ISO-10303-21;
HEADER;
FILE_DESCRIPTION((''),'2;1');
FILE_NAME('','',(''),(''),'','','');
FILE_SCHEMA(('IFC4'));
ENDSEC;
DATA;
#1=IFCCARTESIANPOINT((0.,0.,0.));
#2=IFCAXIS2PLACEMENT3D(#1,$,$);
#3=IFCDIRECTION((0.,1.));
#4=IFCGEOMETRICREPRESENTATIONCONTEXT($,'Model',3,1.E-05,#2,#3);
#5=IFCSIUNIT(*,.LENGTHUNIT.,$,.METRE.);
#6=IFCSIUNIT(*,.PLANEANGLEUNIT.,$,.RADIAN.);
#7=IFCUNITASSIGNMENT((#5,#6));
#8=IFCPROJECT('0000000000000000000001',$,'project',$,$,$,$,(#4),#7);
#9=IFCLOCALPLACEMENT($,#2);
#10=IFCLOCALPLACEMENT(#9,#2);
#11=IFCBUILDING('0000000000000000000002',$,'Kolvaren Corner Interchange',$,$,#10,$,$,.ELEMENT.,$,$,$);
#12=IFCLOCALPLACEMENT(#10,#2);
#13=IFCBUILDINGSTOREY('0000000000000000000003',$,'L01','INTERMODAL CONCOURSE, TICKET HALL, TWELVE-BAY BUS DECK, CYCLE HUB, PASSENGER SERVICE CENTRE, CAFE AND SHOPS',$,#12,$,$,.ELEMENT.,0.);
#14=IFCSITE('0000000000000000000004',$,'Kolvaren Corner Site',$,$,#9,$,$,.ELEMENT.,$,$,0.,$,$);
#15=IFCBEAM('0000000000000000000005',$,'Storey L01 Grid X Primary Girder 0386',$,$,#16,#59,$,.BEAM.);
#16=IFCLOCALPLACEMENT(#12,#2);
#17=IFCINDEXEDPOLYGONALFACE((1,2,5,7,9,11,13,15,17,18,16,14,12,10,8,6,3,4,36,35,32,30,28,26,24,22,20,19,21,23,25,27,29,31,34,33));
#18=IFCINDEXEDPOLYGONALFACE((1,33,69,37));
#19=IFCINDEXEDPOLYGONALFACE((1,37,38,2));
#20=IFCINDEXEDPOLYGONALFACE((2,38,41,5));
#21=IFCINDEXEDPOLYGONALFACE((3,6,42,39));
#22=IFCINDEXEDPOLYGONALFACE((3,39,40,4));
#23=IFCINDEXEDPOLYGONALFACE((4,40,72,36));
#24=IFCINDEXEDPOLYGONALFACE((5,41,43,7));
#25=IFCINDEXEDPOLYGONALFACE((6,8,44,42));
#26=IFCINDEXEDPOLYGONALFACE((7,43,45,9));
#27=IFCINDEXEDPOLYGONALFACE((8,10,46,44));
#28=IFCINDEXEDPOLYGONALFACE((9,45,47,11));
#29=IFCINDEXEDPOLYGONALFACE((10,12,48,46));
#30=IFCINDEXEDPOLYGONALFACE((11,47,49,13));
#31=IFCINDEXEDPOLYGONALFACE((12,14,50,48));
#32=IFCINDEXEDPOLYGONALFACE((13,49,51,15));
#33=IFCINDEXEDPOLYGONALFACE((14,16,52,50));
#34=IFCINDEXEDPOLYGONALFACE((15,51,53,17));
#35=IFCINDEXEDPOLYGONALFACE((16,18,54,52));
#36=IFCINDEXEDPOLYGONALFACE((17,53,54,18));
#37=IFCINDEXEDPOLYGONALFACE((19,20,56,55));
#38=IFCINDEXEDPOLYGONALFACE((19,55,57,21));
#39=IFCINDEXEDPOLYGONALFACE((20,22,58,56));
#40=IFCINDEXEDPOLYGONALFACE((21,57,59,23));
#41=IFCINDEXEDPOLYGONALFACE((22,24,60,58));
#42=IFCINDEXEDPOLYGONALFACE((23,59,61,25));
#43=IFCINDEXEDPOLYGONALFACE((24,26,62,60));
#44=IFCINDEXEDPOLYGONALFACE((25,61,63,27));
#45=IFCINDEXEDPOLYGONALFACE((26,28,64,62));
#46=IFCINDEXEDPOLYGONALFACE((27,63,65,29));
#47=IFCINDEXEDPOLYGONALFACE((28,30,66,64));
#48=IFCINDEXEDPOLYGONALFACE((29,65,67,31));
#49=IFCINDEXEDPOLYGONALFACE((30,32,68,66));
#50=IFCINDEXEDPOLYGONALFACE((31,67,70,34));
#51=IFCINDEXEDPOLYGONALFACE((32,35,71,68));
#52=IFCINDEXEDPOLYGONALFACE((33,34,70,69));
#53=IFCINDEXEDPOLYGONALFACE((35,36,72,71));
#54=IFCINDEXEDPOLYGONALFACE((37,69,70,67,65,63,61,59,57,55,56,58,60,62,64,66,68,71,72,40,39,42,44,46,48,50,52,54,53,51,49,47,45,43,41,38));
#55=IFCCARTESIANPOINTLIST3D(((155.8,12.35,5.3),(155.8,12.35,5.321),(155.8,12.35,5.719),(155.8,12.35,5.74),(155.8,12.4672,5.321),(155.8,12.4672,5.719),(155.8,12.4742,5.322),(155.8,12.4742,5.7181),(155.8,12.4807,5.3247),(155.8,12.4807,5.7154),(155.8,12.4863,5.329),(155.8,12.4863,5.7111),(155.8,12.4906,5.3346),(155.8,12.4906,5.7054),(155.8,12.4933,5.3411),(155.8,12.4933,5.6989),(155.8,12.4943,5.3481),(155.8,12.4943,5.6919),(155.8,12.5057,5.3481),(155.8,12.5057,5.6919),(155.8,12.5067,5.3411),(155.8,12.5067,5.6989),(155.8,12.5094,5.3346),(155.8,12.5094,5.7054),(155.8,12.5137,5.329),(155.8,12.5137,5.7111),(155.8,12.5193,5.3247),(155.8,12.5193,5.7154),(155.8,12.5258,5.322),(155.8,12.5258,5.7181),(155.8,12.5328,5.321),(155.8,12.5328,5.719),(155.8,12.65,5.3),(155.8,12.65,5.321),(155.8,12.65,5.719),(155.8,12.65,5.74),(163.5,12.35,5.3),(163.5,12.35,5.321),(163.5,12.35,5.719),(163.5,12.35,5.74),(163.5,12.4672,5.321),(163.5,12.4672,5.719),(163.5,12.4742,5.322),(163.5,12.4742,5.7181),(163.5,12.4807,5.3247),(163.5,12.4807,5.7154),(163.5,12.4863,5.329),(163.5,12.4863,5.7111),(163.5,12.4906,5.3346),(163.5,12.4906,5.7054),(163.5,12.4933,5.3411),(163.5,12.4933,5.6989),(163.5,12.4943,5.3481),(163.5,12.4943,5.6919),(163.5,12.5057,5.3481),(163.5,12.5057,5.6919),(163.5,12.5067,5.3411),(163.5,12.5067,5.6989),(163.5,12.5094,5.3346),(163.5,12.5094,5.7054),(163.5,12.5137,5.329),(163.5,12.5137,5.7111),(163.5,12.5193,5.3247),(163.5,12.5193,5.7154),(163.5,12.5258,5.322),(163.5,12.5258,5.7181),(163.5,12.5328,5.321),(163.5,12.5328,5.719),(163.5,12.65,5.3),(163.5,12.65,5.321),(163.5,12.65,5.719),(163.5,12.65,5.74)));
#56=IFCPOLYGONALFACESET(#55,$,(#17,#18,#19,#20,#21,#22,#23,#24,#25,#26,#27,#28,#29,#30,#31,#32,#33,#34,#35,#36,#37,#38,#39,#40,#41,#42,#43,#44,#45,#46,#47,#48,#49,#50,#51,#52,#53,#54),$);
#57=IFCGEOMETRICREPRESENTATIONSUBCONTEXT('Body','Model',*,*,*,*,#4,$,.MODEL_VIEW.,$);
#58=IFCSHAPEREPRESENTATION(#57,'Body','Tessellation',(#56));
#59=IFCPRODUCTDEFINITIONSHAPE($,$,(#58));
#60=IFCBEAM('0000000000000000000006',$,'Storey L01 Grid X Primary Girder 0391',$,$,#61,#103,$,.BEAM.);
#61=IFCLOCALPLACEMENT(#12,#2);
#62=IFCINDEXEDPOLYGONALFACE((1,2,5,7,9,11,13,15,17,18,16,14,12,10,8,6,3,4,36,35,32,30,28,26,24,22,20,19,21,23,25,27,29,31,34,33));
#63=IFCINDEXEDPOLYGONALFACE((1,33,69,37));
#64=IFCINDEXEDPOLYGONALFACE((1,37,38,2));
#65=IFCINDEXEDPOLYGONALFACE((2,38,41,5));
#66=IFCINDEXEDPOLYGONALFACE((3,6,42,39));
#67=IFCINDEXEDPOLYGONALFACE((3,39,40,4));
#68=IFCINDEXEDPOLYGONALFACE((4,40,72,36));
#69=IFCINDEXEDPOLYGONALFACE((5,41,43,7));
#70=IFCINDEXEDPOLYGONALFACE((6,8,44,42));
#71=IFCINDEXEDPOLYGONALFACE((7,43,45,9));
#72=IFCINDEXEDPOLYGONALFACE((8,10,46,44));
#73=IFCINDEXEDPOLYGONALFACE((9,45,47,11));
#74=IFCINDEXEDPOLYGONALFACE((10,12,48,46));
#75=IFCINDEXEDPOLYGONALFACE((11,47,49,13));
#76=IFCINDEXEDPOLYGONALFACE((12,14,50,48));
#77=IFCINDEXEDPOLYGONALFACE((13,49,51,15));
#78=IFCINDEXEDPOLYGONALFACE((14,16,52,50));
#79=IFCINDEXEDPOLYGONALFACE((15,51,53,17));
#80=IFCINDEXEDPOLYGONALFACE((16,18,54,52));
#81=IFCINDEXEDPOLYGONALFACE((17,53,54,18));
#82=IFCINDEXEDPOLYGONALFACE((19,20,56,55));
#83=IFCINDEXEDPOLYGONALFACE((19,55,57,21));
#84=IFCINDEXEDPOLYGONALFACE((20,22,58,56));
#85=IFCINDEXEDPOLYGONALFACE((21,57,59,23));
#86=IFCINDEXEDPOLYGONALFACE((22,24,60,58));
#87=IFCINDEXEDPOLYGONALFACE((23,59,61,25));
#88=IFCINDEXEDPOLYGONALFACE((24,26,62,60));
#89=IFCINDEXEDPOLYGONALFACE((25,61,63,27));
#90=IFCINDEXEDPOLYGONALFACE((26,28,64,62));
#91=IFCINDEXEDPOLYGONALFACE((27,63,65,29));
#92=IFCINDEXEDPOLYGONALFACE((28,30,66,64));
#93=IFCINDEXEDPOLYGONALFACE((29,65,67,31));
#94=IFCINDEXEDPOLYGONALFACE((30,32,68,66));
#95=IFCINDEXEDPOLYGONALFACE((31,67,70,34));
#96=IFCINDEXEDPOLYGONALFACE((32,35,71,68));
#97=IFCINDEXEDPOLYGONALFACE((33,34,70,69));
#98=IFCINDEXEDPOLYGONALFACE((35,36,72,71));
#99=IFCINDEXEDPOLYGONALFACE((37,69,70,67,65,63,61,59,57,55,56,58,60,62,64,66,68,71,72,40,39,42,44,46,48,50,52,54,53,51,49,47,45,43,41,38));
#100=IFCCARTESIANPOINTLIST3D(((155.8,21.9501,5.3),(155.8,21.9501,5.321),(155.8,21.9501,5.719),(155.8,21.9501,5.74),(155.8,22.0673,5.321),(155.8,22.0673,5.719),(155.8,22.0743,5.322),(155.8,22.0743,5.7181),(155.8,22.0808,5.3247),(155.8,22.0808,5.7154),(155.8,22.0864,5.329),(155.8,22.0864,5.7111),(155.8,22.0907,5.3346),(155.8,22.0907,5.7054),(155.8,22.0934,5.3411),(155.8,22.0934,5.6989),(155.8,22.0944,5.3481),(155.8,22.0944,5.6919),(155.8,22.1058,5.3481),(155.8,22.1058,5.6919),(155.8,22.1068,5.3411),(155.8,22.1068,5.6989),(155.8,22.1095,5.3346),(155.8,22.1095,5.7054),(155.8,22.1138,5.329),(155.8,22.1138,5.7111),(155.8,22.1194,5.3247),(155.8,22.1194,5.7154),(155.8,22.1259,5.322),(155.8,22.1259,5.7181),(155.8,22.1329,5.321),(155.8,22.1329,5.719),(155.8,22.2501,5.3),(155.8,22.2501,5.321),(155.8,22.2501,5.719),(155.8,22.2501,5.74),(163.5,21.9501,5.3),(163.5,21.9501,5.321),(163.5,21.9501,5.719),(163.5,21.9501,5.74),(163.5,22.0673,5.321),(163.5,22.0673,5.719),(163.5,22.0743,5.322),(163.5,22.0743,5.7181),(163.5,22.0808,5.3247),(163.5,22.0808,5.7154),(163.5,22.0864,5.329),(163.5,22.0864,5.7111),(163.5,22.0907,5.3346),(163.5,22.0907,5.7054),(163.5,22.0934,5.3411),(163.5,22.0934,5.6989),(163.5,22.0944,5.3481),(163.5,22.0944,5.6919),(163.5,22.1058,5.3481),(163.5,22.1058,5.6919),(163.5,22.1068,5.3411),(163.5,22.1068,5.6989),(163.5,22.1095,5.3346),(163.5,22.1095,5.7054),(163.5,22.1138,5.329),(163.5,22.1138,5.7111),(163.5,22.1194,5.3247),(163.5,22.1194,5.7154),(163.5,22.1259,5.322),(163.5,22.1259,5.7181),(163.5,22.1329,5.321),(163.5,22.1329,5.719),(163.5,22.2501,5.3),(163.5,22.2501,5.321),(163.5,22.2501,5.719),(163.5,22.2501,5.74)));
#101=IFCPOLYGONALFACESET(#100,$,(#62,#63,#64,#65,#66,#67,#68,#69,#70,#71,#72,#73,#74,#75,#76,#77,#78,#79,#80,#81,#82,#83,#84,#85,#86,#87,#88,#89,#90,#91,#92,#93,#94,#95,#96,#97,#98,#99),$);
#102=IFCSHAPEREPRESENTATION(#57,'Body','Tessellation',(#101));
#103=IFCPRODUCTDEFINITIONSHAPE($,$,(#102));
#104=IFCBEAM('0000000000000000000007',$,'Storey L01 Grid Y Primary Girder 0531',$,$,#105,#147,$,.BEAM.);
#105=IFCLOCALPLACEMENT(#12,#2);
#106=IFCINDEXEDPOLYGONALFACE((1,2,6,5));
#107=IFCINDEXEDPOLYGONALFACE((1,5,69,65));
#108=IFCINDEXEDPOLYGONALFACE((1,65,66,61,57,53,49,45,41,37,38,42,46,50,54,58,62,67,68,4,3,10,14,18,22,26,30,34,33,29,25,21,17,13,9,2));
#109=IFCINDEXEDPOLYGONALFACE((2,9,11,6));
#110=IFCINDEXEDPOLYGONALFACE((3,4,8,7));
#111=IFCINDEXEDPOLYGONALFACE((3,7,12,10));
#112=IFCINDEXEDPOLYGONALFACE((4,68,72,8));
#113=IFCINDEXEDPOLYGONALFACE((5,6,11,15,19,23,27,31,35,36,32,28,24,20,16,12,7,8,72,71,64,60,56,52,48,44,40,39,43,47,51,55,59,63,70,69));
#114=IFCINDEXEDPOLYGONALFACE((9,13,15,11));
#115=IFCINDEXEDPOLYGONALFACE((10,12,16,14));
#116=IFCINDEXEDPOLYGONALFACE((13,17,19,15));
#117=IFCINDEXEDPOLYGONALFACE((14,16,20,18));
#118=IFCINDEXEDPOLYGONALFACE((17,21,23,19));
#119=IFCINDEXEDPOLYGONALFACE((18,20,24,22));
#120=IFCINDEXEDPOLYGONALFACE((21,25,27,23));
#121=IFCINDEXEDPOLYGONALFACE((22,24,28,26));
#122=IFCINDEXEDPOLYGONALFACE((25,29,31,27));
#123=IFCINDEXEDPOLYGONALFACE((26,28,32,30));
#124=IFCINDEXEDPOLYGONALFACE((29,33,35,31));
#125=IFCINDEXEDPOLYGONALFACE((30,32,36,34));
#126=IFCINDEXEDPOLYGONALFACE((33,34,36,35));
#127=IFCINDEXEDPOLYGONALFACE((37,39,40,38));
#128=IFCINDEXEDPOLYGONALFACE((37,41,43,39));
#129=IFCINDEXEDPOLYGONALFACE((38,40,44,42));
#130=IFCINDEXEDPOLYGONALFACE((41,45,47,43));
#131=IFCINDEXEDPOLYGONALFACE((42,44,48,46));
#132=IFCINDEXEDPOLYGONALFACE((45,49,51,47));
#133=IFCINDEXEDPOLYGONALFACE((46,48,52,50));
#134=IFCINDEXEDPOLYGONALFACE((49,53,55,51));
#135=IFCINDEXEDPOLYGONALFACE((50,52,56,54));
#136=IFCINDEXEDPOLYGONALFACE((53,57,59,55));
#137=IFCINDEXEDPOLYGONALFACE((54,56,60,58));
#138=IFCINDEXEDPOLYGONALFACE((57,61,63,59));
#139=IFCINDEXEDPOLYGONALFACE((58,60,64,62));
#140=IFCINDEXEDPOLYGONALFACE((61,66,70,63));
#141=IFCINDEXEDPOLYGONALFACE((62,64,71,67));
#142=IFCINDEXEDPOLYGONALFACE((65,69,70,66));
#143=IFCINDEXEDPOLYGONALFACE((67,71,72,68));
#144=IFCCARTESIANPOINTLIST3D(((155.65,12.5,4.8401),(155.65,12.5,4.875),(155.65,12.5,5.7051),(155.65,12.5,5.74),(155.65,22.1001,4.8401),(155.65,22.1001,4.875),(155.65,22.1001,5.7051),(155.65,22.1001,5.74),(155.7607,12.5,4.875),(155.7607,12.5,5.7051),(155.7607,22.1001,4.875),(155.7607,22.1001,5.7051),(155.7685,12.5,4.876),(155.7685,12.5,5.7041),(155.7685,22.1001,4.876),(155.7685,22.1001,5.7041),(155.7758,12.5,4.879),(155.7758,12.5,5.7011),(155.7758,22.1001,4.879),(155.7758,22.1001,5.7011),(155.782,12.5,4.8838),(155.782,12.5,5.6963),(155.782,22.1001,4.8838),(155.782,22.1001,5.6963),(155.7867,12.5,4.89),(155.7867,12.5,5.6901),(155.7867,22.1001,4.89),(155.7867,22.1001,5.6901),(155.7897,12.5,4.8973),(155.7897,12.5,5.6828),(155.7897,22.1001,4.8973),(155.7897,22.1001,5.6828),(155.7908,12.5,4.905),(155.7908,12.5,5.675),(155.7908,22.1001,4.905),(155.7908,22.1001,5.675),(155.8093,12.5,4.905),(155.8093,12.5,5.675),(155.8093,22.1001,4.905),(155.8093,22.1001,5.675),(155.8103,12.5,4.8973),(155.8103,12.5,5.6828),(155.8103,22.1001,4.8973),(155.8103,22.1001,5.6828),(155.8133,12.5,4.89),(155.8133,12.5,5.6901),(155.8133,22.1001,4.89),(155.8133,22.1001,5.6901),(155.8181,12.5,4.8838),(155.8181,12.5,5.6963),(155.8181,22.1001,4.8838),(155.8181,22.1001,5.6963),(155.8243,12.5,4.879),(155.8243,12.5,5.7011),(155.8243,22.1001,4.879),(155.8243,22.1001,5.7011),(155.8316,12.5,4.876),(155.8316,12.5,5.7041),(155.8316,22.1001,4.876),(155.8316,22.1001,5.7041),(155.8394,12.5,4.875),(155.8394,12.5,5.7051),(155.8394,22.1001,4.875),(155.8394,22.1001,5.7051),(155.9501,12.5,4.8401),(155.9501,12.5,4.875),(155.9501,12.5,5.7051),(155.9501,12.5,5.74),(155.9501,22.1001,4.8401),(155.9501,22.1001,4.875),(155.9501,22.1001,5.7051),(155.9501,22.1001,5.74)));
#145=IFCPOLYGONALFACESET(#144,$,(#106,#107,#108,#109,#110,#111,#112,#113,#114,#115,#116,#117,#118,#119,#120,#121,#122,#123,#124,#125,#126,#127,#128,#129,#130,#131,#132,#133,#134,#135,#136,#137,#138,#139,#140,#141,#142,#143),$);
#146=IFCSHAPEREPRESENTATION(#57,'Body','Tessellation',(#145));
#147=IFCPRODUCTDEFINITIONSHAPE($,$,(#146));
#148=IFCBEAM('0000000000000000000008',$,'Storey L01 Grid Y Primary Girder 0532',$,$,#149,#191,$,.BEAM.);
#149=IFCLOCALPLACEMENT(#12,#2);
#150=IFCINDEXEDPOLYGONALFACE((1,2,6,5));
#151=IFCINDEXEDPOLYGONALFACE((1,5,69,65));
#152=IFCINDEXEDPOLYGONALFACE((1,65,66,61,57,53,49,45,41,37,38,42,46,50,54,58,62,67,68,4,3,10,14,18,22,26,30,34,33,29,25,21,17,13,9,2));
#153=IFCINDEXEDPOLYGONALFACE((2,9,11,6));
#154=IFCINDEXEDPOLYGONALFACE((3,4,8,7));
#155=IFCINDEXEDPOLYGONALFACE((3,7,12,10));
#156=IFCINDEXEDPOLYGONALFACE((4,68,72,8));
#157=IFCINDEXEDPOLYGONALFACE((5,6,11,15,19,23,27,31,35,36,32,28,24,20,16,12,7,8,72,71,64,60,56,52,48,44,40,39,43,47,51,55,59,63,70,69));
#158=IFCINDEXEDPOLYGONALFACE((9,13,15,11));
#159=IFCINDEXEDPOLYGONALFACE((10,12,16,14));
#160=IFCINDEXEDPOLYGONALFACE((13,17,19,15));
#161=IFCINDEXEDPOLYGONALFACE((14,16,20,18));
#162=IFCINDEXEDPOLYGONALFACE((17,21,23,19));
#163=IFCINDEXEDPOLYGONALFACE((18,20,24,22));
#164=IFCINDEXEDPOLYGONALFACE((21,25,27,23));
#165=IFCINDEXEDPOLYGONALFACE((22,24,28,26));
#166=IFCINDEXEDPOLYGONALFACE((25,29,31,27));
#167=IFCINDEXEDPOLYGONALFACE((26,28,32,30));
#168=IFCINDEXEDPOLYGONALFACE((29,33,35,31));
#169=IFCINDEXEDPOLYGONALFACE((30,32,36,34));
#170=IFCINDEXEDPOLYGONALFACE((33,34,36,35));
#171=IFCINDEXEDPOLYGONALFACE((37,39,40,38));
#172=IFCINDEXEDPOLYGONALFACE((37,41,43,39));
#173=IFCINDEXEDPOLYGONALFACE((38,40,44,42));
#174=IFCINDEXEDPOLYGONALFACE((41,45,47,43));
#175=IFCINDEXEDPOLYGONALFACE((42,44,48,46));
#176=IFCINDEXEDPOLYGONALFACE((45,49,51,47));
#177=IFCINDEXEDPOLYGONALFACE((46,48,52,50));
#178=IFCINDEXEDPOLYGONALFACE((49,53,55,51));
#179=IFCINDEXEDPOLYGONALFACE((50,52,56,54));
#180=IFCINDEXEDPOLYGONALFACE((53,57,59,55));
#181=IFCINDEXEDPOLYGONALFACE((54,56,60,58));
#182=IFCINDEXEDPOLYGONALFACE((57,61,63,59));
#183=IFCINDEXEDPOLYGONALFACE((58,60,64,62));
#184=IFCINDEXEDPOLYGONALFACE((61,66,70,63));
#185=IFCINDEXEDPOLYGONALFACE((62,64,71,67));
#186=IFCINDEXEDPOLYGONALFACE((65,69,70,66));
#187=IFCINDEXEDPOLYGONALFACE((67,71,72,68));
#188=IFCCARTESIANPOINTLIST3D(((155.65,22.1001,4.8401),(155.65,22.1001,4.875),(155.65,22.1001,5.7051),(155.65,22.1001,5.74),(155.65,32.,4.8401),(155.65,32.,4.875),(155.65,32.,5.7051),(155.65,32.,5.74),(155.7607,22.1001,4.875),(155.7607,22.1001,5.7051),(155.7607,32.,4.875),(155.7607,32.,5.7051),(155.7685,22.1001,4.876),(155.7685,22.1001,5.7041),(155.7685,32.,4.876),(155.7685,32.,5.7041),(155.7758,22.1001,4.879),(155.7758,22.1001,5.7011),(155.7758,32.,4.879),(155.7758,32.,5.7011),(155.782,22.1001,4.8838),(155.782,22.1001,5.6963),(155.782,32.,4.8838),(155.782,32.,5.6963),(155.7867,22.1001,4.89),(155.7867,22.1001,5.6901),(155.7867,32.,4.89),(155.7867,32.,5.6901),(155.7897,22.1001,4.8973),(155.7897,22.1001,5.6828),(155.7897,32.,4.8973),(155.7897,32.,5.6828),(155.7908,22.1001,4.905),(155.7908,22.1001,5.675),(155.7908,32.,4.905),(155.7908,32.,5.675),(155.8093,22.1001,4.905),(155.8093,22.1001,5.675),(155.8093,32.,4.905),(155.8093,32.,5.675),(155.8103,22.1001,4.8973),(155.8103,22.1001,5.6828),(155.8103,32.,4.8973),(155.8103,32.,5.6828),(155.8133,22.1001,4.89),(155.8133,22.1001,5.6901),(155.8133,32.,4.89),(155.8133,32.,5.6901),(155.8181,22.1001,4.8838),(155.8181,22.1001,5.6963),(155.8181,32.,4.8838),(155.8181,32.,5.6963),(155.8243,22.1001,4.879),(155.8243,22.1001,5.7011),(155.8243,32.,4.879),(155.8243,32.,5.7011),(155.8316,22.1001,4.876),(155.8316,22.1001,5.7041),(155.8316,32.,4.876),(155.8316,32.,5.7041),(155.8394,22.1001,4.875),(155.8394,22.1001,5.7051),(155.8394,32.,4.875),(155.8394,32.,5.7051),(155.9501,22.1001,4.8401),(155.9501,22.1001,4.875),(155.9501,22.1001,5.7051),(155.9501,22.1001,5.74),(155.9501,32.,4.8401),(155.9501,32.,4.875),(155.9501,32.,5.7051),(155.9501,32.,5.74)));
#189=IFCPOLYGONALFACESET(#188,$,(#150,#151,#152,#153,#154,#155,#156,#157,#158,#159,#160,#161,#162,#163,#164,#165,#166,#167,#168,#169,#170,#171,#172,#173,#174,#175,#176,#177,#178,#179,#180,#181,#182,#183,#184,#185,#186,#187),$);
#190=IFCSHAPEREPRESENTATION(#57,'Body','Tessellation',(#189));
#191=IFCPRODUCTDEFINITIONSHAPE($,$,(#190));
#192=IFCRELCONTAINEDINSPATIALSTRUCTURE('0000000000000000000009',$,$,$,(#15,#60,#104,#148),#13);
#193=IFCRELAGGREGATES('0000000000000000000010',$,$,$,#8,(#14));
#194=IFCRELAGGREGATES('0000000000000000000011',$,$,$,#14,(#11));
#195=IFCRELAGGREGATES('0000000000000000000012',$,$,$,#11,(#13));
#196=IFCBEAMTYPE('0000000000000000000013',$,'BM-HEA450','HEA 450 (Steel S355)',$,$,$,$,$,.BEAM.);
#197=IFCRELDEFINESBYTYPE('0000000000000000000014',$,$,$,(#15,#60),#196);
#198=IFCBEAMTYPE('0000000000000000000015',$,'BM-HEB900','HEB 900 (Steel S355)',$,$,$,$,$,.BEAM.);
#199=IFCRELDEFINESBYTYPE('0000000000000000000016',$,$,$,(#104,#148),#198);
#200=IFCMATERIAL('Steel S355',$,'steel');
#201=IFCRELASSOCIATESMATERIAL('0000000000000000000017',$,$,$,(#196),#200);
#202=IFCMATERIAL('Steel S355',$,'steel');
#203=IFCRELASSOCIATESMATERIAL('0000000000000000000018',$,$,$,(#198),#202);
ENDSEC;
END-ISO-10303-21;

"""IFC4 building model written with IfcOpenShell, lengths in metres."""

from ifc_helpers import new_model, si_unit, direction, frame, origin, origin_2d, place, context, subcontext, project, spatial, i_section, extrude, material, material_profile, profile_set, type_object, element, save


model = new_model("IFC4")

# Units and contexts
model_context = context("Model", 3, precision=1e-05, world=origin(), true_north=direction((0.0, 1.0)))
body_context = subcontext(model_context, "Body", "Model", "MODEL_VIEW")
ifc_project = project(units=[si_unit("LENGTHUNIT", "METRE"), si_unit("PLANEANGLEUNIT", "RADIAN")], contexts=[model_context])

# Site, building, storey
site_placement = place(None, origin())
site = spatial("IfcSite", under=ifc_project, at=site_placement, Name="Kolvaren Corner Site", CompositionType="ELEMENT", RefElevation=0.0)
building_placement = place(site_placement, origin())
building = spatial("IfcBuilding", under=site, at=building_placement, Name="Kolvaren Corner Interchange", CompositionType="ELEMENT")
storey_placement = place(building_placement, origin())
storey = spatial("IfcBuildingStorey", under=building, at=storey_placement, Name="L01", Description="INTERMODAL CONCOURSE, TICKET HALL, TWELVE-BAY BUS DECK, CYCLE HUB, PASSENGER SERVICE CENTRE, CAFE AND SHOPS", CompositionType="ELEMENT", Elevation=0.0)

# Beams
ifc_material_1 = material(Name="Steel S355", Category="steel")
ifc_material_profile_1 = material_profile(ifc_material_1, i_section(OverallWidth=0.3, OverallDepth=0.4399, WebThickness=0.0115, FlangeThickness=0.021, FilletRadius=0.0271, at=origin_2d()), Name="HEA 450")
ifc_profile_set_1 = profile_set([ifc_material_profile_1], Name="Steel S355")
beam_type_1 = type_object("IfcBeamType", Name="BM-HEA450", Description="HEA 450 (Steel S355)", PredefinedType="BEAM", material=ifc_profile_set_1)
for number, where, z_axis, x_axis, name in (
    (1, (155.8, 12.5, 5.52), (1.0, 0.0, 0.0), (0.0, 1.0, 0.0), "Storey L01 Grid X Primary Girder 0386"),
    (2, (155.8, 22.1001, 5.52), (1.0, 0.0, 0.0), (0.0, 1.0, 0.0), "Storey L01 Grid X Primary Girder 0391"),
):
    element("IfcBeam", number, at=place(storey_placement, frame(where, z_axis=z_axis, x_axis=x_axis)), inside=storey, type_object=beam_type_1, Name=name, PredefinedType="BEAM", context=body_context, shape_type="SweptSolid", body=[
        extrude(i_section(OverallWidth=0.3, OverallDepth=0.4399, WebThickness=0.0115, FlangeThickness=0.021, FilletRadius=0.0271, at=origin_2d()), origin(), (0.0, 0.0, 1.0), 7.7),
    ])
ifc_material_2 = material(Name="Steel S355", Category="steel")
ifc_material_profile_2 = material_profile(ifc_material_2, i_section(OverallWidth=0.3, OverallDepth=0.8999, WebThickness=0.0186, FlangeThickness=0.0349, FilletRadius=0.03, at=origin_2d()), Name="HEB 900")
ifc_profile_set_2 = profile_set([ifc_material_profile_2], Name="Steel S355")
beam_type_2 = type_object("IfcBeamType", Name="BM-HEB900", Description="HEB 900 (Steel S355)", PredefinedType="BEAM", material=ifc_profile_set_2)
beam_1_placement = place(storey_placement, frame((155.8, 12.5, 5.29), z_axis=(0.0, 1.0, 0.0), x_axis=(-1.0, 0.0, 0.0)))
element("IfcBeam", 3, at=beam_1_placement, inside=storey, type_object=beam_type_2, Name="Storey L01 Grid Y Primary Girder 0531", PredefinedType="BEAM", context=body_context, shape_type="SweptSolid", body=[
    extrude(i_section(OverallWidth=0.3, OverallDepth=0.8999, WebThickness=0.0186, FlangeThickness=0.0349, FilletRadius=0.03, at=origin_2d()), origin(), (0.0, 0.0, 1.0), 9.6001),
])
beam_2_placement = place(storey_placement, frame((155.8, 22.1001, 5.29), z_axis=(0.0, 1.0, 0.0), x_axis=(-1.0, 0.0, 0.0)))
element("IfcBeam", 4, at=beam_2_placement, inside=storey, type_object=beam_type_2, Name="Storey L01 Grid Y Primary Girder 0532", PredefinedType="BEAM", context=body_context, shape_type="SweptSolid", body=[
    extrude(i_section(OverallWidth=0.3, OverallDepth=0.8999, WebThickness=0.0186, FlangeThickness=0.0349, FilletRadius=0.03, at=origin_2d()), origin(), (0.0, 0.0, 1.0), 9.8999),
])

save(model, "model.ifc")
